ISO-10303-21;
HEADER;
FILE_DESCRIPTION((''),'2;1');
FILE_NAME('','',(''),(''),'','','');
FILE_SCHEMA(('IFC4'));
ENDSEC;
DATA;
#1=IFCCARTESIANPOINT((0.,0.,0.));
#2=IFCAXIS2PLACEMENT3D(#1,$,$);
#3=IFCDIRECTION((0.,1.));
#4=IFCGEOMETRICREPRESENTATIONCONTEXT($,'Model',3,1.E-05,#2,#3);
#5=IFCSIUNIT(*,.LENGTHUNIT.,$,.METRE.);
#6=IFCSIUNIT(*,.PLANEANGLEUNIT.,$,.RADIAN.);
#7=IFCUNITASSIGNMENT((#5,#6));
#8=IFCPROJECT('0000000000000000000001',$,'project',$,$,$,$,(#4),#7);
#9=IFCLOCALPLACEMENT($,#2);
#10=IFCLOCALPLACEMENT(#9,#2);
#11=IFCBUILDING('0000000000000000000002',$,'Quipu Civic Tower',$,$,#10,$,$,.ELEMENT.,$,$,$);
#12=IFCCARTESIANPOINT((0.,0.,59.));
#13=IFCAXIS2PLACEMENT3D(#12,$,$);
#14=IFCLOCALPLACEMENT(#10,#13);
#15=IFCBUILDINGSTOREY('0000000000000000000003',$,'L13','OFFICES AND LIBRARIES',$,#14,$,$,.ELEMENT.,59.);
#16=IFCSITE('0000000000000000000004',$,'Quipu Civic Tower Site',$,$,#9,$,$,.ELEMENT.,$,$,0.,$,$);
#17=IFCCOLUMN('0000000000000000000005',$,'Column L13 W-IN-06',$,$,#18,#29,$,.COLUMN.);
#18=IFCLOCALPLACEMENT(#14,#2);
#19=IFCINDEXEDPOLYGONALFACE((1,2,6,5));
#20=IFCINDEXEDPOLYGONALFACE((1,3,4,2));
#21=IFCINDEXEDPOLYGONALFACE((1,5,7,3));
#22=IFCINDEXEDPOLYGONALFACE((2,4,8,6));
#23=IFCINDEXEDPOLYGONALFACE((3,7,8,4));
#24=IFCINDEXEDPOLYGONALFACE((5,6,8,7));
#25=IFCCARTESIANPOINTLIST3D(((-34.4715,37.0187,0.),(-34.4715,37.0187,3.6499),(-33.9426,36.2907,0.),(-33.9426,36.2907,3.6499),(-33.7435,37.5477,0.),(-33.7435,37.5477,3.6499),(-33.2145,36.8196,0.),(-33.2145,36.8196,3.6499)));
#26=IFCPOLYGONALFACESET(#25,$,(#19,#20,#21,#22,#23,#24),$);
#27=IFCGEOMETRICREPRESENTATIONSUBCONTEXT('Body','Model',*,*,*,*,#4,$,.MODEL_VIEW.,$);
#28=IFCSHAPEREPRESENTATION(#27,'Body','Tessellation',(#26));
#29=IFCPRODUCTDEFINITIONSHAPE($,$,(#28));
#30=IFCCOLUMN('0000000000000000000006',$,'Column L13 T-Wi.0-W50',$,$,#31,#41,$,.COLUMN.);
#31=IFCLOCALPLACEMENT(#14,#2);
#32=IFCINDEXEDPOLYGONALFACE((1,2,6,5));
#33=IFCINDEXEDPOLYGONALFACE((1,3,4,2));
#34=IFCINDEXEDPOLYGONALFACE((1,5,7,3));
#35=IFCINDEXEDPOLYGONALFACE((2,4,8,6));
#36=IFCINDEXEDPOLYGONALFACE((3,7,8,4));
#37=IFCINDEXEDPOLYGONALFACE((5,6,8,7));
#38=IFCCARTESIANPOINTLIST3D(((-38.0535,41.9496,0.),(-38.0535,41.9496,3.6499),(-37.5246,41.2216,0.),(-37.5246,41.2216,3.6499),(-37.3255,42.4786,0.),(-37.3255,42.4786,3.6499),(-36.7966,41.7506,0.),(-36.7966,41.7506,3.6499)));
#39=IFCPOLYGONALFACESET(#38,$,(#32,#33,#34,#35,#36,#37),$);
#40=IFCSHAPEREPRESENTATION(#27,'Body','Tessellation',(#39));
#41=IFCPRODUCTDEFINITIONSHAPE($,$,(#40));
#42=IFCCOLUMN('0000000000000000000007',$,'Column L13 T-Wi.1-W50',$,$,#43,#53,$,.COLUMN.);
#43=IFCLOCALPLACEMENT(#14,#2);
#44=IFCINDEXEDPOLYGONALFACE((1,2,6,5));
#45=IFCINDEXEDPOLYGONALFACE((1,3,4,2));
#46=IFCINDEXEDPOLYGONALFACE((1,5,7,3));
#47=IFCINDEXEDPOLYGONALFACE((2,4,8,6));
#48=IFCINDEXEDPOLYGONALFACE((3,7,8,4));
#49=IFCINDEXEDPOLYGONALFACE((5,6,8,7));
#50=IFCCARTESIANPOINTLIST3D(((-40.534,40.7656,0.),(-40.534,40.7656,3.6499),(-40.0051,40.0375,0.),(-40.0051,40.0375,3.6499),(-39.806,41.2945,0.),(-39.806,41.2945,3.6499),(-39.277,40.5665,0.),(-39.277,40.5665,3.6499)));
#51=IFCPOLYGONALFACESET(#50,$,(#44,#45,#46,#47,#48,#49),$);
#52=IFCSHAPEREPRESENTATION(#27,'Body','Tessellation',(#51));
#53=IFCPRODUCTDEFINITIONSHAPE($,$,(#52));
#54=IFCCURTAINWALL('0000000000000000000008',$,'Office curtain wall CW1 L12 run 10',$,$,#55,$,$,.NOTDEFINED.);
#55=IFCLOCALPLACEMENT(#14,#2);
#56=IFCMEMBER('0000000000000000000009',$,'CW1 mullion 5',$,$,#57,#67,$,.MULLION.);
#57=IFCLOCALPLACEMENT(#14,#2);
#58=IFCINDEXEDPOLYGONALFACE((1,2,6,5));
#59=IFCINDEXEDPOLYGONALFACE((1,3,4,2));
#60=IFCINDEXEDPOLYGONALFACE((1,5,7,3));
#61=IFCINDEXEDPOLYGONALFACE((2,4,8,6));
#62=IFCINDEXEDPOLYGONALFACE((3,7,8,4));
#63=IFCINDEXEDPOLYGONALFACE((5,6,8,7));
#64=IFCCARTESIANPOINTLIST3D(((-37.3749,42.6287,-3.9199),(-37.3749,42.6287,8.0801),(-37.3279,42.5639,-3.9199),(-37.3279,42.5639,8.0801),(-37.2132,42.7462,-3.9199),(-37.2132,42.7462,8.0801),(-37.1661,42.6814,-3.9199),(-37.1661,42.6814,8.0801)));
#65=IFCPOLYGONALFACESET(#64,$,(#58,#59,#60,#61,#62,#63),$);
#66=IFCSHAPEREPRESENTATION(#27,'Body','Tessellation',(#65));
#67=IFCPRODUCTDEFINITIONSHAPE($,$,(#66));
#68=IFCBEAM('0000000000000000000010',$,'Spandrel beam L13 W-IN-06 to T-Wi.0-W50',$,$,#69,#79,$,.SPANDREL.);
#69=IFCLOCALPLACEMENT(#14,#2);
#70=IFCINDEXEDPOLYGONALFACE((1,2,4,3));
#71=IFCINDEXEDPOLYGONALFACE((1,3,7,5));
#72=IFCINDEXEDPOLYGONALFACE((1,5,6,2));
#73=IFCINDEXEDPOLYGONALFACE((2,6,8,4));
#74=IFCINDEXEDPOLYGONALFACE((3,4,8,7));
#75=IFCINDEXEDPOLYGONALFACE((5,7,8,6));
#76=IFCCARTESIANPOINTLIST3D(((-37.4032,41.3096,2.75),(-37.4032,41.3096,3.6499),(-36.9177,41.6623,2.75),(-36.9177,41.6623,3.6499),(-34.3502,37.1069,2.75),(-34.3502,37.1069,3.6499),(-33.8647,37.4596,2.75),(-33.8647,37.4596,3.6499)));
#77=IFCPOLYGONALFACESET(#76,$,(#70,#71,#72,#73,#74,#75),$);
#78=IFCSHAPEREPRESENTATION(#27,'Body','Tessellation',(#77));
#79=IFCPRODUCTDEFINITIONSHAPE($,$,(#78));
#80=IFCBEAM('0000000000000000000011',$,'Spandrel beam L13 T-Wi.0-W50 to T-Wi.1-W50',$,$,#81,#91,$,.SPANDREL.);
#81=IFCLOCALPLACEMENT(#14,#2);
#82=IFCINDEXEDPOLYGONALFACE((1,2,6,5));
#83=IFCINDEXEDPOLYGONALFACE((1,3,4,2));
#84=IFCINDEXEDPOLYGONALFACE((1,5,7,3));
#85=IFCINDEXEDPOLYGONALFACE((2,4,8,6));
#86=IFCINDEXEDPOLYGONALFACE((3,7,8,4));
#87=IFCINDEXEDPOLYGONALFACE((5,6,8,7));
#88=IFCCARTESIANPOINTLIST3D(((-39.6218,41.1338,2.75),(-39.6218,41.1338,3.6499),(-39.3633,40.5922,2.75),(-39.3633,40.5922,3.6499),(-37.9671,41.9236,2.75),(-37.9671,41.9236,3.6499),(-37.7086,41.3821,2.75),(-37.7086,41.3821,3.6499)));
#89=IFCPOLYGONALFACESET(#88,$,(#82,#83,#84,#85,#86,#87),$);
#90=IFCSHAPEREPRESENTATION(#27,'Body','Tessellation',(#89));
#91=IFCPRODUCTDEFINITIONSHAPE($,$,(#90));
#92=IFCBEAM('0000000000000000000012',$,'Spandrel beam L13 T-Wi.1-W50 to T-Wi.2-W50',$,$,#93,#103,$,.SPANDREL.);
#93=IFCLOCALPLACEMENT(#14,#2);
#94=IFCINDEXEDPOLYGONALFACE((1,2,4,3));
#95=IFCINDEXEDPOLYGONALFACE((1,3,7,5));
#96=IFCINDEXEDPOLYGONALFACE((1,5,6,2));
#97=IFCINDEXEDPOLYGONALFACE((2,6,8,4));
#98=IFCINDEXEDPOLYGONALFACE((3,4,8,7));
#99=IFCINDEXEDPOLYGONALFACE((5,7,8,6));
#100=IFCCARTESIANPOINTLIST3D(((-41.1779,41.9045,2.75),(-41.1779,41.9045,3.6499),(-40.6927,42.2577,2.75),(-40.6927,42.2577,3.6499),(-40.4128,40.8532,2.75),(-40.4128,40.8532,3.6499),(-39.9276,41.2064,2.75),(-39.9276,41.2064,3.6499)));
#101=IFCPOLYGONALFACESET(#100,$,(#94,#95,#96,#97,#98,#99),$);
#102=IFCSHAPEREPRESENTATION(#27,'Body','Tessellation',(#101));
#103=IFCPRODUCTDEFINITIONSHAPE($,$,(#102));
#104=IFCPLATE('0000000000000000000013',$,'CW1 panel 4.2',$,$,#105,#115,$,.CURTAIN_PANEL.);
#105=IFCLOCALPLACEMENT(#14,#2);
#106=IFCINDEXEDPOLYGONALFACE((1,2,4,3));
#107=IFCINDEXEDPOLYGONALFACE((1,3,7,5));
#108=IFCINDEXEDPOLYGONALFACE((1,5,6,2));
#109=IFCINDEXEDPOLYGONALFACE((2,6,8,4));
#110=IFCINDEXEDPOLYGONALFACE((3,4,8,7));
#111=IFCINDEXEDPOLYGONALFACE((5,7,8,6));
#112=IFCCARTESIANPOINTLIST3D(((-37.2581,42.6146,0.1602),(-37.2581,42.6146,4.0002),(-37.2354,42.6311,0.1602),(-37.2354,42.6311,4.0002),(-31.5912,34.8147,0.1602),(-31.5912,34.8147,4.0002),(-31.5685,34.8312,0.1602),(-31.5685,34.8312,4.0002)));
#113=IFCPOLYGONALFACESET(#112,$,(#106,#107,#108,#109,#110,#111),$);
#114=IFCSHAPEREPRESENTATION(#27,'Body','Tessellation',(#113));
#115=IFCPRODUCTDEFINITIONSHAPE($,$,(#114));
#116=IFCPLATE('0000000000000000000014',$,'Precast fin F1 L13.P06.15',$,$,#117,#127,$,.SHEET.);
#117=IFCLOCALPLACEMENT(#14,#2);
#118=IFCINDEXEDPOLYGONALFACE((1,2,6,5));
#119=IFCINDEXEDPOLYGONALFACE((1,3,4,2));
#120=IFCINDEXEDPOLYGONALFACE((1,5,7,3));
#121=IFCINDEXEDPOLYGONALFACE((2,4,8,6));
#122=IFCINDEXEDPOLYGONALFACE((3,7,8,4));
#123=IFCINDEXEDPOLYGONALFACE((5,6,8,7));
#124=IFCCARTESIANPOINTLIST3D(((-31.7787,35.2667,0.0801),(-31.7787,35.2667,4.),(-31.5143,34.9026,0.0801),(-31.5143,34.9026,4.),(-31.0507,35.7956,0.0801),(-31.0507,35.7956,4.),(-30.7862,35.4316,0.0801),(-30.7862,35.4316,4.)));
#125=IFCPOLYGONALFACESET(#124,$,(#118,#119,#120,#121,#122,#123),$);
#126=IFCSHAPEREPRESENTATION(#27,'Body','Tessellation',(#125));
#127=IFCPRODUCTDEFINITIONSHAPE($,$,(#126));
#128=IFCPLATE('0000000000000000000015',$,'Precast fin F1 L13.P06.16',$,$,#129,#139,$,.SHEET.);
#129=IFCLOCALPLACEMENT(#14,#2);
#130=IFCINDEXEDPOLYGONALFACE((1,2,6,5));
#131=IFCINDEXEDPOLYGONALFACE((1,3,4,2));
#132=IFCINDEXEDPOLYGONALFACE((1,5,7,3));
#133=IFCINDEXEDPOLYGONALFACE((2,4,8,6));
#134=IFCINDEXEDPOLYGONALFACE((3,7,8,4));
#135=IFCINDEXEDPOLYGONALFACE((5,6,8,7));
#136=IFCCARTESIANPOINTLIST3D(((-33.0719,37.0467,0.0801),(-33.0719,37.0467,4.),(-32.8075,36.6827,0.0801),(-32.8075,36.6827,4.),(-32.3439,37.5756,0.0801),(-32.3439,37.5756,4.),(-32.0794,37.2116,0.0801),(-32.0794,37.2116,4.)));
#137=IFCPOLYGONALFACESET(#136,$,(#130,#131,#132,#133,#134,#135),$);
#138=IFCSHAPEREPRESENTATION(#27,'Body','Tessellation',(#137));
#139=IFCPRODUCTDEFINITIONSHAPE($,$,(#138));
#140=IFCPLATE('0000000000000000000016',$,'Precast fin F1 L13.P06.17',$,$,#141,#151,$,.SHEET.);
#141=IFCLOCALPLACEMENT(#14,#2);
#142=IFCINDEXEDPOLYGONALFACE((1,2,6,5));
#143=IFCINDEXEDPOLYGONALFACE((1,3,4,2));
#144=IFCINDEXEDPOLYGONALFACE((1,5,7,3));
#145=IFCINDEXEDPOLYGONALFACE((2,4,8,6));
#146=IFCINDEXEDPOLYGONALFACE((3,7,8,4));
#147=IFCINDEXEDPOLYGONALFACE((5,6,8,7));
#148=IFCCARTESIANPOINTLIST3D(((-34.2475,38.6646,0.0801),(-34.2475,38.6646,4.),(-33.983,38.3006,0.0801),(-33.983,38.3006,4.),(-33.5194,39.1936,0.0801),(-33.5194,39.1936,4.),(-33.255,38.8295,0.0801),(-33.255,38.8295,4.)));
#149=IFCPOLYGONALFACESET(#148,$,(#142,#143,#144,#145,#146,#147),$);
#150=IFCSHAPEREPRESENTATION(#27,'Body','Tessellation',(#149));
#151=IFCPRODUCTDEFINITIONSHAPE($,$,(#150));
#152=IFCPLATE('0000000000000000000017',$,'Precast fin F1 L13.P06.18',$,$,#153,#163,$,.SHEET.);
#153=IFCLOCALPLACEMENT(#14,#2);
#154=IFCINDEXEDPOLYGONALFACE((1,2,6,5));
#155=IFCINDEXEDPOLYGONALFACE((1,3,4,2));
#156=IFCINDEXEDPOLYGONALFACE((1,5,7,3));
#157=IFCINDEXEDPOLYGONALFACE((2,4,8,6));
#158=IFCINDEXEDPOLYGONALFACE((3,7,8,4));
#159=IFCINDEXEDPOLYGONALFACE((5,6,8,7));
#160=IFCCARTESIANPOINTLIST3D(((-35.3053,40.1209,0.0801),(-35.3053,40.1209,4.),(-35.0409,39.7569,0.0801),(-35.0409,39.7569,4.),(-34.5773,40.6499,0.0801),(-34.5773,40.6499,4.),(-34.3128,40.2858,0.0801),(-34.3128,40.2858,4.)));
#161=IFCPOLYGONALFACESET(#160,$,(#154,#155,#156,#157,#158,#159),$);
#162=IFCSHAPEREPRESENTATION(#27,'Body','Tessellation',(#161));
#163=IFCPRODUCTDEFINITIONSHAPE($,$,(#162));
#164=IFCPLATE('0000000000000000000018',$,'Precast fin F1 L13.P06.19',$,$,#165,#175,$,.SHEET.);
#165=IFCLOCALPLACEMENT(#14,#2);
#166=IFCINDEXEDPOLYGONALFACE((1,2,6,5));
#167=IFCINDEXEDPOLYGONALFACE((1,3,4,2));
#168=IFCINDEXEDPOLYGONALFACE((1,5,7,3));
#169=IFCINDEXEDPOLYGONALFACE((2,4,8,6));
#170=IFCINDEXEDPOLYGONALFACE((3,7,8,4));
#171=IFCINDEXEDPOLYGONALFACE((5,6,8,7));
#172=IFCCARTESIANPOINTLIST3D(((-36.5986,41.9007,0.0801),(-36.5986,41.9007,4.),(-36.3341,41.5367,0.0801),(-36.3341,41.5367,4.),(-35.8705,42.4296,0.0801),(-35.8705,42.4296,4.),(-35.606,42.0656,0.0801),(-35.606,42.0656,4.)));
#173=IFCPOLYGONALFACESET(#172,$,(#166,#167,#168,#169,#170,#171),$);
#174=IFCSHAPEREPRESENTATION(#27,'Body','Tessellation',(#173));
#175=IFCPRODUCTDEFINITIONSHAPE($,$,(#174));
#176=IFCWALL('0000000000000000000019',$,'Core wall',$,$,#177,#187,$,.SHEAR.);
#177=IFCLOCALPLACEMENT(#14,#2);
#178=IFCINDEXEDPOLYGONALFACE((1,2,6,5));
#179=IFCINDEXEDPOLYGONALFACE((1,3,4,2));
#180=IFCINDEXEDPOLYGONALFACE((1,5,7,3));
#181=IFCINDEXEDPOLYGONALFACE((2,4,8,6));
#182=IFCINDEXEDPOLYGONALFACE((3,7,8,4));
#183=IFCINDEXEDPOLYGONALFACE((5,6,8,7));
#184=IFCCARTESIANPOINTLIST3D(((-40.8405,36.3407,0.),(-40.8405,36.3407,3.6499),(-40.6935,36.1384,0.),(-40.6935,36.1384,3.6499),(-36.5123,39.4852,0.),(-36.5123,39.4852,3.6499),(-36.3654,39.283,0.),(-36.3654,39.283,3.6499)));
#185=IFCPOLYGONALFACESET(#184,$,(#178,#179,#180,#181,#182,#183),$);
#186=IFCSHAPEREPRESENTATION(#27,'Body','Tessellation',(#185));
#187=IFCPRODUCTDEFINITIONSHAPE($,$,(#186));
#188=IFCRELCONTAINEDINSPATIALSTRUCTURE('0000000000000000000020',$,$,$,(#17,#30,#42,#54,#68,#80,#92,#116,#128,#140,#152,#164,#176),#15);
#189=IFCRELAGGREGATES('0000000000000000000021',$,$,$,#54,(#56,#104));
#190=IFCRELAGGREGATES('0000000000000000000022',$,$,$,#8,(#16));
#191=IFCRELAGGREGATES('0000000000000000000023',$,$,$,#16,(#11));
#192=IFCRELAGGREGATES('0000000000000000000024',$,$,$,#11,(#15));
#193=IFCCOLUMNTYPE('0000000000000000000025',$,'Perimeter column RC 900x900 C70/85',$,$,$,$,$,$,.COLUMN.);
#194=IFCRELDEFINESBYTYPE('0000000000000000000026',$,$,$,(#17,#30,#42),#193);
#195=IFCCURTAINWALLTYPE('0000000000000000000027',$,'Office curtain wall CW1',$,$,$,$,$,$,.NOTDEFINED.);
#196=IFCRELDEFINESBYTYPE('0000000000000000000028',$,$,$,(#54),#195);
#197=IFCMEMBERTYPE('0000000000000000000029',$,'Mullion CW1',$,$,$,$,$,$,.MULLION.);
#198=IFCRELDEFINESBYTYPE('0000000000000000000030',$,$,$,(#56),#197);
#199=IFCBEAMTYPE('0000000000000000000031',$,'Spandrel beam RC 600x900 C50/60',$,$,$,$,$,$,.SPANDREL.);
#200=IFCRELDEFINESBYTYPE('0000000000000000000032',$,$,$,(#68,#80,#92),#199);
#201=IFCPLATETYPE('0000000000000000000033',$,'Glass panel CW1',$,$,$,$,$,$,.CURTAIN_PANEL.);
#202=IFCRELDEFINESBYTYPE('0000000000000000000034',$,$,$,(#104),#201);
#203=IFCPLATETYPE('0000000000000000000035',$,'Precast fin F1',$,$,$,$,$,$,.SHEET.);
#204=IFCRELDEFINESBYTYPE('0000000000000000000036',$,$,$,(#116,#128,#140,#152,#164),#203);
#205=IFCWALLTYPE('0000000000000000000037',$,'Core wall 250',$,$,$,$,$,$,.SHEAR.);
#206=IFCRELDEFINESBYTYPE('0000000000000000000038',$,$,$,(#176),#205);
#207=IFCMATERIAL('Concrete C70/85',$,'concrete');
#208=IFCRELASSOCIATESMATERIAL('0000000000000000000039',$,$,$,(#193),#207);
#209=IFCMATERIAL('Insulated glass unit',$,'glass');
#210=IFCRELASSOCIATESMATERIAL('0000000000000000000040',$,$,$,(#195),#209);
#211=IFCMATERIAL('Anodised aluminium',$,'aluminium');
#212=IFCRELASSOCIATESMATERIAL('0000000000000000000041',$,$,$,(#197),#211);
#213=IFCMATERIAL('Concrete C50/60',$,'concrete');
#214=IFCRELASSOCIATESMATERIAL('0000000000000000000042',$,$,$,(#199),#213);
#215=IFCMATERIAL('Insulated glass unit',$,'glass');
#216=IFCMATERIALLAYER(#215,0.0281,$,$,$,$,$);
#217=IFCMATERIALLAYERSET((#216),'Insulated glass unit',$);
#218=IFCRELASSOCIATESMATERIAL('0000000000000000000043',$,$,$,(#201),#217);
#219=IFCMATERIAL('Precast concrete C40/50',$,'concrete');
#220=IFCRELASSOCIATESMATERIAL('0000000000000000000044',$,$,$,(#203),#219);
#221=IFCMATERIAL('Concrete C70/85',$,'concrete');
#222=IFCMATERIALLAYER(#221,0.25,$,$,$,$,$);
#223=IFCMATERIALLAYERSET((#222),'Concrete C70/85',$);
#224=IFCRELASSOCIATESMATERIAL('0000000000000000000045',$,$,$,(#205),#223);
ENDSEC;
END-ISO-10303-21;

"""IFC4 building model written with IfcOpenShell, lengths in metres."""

from ifc_helpers import new_model, si_unit, direction, frame, frame_2d, origin, origin_2d, place, context, subcontext, project, spatial, rectangle, extrude, material, layer, layer_set, material_profile, profile_set, type_object, element, aggregate, save


model = new_model("IFC4")

# Units and contexts
model_context = context("Model", 3, precision=1e-05, world=origin(), true_north=direction((0.0, 1.0)))
body_context = subcontext(model_context, "Body", "Model", "MODEL_VIEW")
ifc_project = project(units=[si_unit("LENGTHUNIT", "METRE"), si_unit("PLANEANGLEUNIT", "RADIAN")], contexts=[model_context])

# Site, building, storey
site_placement = place(None, origin())
site = spatial("IfcSite", under=ifc_project, at=site_placement, Name="Quipu Civic Tower Site", CompositionType="ELEMENT", RefElevation=0.0)
building_placement = place(site_placement, origin())
building = spatial("IfcBuilding", under=site, at=building_placement, Name="Quipu Civic Tower", CompositionType="ELEMENT")
storey_placement = place(building_placement, frame((0.0, 0.0, 59.0)))
storey = spatial("IfcBuildingStorey", under=building, at=storey_placement, Name="L13", Description="OFFICES AND LIBRARIES", CompositionType="ELEMENT", Elevation=59.0)

# Columns
ifc_material_1 = material(Name="Concrete C70/85", Category="concrete")
ifc_material_profile_1 = material_profile(ifc_material_1, rectangle(XDim=0.8999, YDim=0.8999, at=origin_2d()), Name="RC900x900")
ifc_profile_set_1 = profile_set([ifc_material_profile_1], Name="Concrete C70/85")
column_type = type_object("IfcColumnType", Name="Perimeter column RC 900x900 C70/85", PredefinedType="COLUMN", material=ifc_profile_set_1)
for number, where, z_axis, x_axis, name in (
    (1, (-33.843, 36.9192, 0.0), (0.0, 0.0, 1.0), (-0.587785, 0.809017, 0.0), "Column L13 W-IN-06"),
    (2, (-37.425, 41.8501, 0.0), (0.0, 0.0, 1.0), (-0.587785, 0.809017, 0.0), "Column L13 T-Wi.0-W50"),
    (3, (-39.9055, 40.666, 0.0), (0.0, 0.0, 1.0), (-0.587785, 0.809017, 0.0), "Column L13 T-Wi.1-W50"),
):
    element("IfcColumn", number, at=place(storey_placement, frame(where, z_axis=z_axis, x_axis=x_axis)), inside=storey, type_object=column_type, Name=name, PredefinedType="COLUMN", context=body_context, shape_type="SweptSolid", body=[
        extrude(rectangle(XDim=0.8999, YDim=0.8999, at=origin_2d()), origin(), (0.0, 0.0, 1.0), 3.6499),
    ])

# Curtain wall, member
ifc_material_2 = material(Name="Insulated glass unit", Category="glass")
curtain_wall_type = type_object("IfcCurtainWallType", Name="Office curtain wall CW1", PredefinedType="NOTDEFINED", material=ifc_material_2)
curtain_wall_placement = place(storey_placement, origin())
curtain_wall = element("IfcCurtainWall", 4, at=curtain_wall_placement, inside=storey, type_object=curtain_wall_type, Name="Office curtain wall CW1 L12 run 10", PredefinedType="NOTDEFINED")
ifc_material_3 = material(Name="Anodised aluminium", Category="aluminium")
ifc_material_profile_2 = material_profile(ifc_material_3, rectangle(XDim=0.2, YDim=0.0801, at=origin_2d()), Name="RECT 200x80")
ifc_profile_set_2 = profile_set([ifc_material_profile_2], Name="Anodised aluminium")
member_type = type_object("IfcMemberType", Name="Mullion CW1", PredefinedType="MULLION", material=ifc_profile_set_2)
member_placement = place(storey_placement, frame((-37.2705, 42.655, -3.9199), z_axis=(0.0, 0.0, 1.0), x_axis=(-0.809017, -0.587786, 0.0)))
member = element("IfcMember", 5, at=member_placement, type_object=member_type, Name="CW1 mullion 5", PredefinedType="MULLION", context=body_context, shape_type="SweptSolid", body=[
    extrude(rectangle(XDim=0.2, YDim=0.0801, at=origin_2d()), origin(), (0.0, 0.0, 1.0), 12.0),
])

# Beams
ifc_material_4 = material(Name="Concrete C50/60", Category="concrete")
ifc_material_profile_3 = material_profile(ifc_material_4, rectangle(XDim=0.6001, YDim=0.8999, at=origin_2d()), Name="RC600x900")
ifc_profile_set_3 = profile_set([ifc_material_profile_3], Name="Concrete C50/60")
beam_type = type_object("IfcBeamType", Name="Spandrel beam RC 600x900 C50/60", PredefinedType="SPANDREL", material=ifc_profile_set_3)
beam_1_placement = place(storey_placement, frame((-34.1074, 37.2832, 3.2), z_axis=(-0.587733, 0.809055, 0.0), x_axis=(-0.809055, -0.587733, 0.0)))
element("IfcBeam", 6, at=beam_1_placement, inside=storey, type_object=beam_type, Name="Spandrel beam L13 W-IN-06 to T-Wi.0-W50", PredefinedType="SPANDREL", context=body_context, shape_type="SweptSolid", body=[
    extrude(rectangle(XDim=0.6001, YDim=0.8999, at=origin_2d()), origin(), (0.0, 0.0, 1.0), 5.1946),
])
beam_2_placement = place(storey_placement, frame((-37.8379, 41.6528, 3.2), z_axis=(-0.902454, -0.430786, 0.0), x_axis=(0.430786, -0.902454, 0.0)))
element("IfcBeam", 7, at=beam_2_placement, inside=storey, type_object=beam_type, Name="Spandrel beam L13 T-Wi.0-W50 to T-Wi.1-W50", PredefinedType="SPANDREL", context=body_context, shape_type="SweptSolid", body=[
    extrude(rectangle(XDim=0.6001, YDim=0.8999, at=origin_2d()), origin(), (0.0, 0.0, 1.0), 1.8335),
])
beam_3_placement = place(storey_placement, frame((-40.1702, 41.0298, 3.2), z_axis=(-0.588462, 0.808525, 0.0), x_axis=(-0.808525, -0.588462, 0.0)))
element("IfcBeam", 8, at=beam_3_placement, inside=storey, type_object=beam_type, Name="Spandrel beam L13 T-Wi.1-W50 to T-Wi.2-W50", PredefinedType="SPANDREL", context=body_context, shape_type="SweptSolid", body=[
    extrude(rectangle(XDim=0.6001, YDim=0.8999, at=origin_2d()), origin(), (0.0, 0.0, 1.0), 1.3003),
])

# Plate
ifc_material_5 = material(Name="Insulated glass unit", Category="glass")
ifc_layer_1 = layer(ifc_material_5, 0.0281)
ifc_layer_set_1 = layer_set([ifc_layer_1], Name="Insulated glass unit")
plate_type_1 = type_object("IfcPlateType", Name="Glass panel CW1", PredefinedType="CURTAIN_PANEL", material=ifc_layer_set_1)
plate_placement = place(storey_placement, frame((-34.4133, 38.7229, 0.1602), z_axis=(0.0, 0.0, 1.0), x_axis=(-0.587786, 0.809017, 0.0)))
plate = element("IfcPlate", 9, at=plate_placement, type_object=plate_type_1, Name="CW1 panel 4.2", PredefinedType="CURTAIN_PANEL", context=body_context, shape_type="SweptSolid", body=[
    extrude(rectangle(XDim=9.6411, YDim=0.0281, at=origin_2d()), origin(), (0.0, 0.0, 1.0), 3.8401),
])
aggregate(curtain_wall, [member, plate])

# Plates
ifc_material_6 = material(Name="Precast concrete C40/50", Category="concrete")
plate_type_2 = type_object("IfcPlateType", Name="Precast fin F1", PredefinedType="SHEET", material=ifc_material_6)
for number, where, z_axis, x_axis, name in (
    (10, (-31.2825, 35.3491, 0.0801), (0.0, 0.0, 1.0), (-0.587785, 0.809017, 0.0), "Precast fin F1 L13.P06.15"),
    (11, (-32.5757, 37.1292, 0.0801), (0.0, 0.0, 1.0), (-0.587785, 0.809017, 0.0), "Precast fin F1 L13.P06.16"),
    (12, (-33.7512, 38.7471, 0.0801), (0.0, 0.0, 1.0), (-0.587785, 0.809017, 0.0), "Precast fin F1 L13.P06.17"),
    (13, (-34.8091, 40.2034, 0.0801), (0.0, 0.0, 1.0), (-0.587785, 0.809017, 0.0), "Precast fin F1 L13.P06.18"),
    (14, (-36.1023, 41.9832, 0.0801), (0.0, 0.0, 1.0), (-0.587785, 0.809017, 0.0), "Precast fin F1 L13.P06.19"),
):
    element("IfcPlate", number, at=place(storey_placement, frame(where, z_axis=z_axis, x_axis=x_axis)), inside=storey, type_object=plate_type_2, Name=name, PredefinedType="SHEET", context=body_context, shape_type="SweptSolid", body=[
        extrude(rectangle(XDim=0.45, YDim=0.8999, at=origin_2d()), origin(), (0.0, 0.0, 1.0), 3.9199),
    ])

# Wall
ifc_material_7 = material(Name="Concrete C70/85", Category="concrete")
ifc_layer_2 = layer(ifc_material_7, 0.25)
ifc_layer_set_2 = layer_set([ifc_layer_2], Name="Concrete C70/85")
wall_type_1 = type_object("IfcWallType", Name="Core wall 250", PredefinedType="SHEAR", material=ifc_layer_set_2)
wall_1_placement = place(storey_placement, frame((-36.439, 39.384, 0.0), z_axis=(0.0, 0.0, 1.0), x_axis=(-0.80902, -0.587781, 0.0)))
element("IfcWall", 15, at=wall_1_placement, inside=storey, type_object=wall_type_1, Name="Core wall", PredefinedType="SHEAR", context=body_context, shape_type="SweptSolid", body=[
    extrude(rectangle(XDim=5.3499, YDim=0.25, at=frame_2d((2.6748, 0.0))), origin(), (0.0, 0.0, 1.0), 3.6499),
])

save(model, "model.ifc")
